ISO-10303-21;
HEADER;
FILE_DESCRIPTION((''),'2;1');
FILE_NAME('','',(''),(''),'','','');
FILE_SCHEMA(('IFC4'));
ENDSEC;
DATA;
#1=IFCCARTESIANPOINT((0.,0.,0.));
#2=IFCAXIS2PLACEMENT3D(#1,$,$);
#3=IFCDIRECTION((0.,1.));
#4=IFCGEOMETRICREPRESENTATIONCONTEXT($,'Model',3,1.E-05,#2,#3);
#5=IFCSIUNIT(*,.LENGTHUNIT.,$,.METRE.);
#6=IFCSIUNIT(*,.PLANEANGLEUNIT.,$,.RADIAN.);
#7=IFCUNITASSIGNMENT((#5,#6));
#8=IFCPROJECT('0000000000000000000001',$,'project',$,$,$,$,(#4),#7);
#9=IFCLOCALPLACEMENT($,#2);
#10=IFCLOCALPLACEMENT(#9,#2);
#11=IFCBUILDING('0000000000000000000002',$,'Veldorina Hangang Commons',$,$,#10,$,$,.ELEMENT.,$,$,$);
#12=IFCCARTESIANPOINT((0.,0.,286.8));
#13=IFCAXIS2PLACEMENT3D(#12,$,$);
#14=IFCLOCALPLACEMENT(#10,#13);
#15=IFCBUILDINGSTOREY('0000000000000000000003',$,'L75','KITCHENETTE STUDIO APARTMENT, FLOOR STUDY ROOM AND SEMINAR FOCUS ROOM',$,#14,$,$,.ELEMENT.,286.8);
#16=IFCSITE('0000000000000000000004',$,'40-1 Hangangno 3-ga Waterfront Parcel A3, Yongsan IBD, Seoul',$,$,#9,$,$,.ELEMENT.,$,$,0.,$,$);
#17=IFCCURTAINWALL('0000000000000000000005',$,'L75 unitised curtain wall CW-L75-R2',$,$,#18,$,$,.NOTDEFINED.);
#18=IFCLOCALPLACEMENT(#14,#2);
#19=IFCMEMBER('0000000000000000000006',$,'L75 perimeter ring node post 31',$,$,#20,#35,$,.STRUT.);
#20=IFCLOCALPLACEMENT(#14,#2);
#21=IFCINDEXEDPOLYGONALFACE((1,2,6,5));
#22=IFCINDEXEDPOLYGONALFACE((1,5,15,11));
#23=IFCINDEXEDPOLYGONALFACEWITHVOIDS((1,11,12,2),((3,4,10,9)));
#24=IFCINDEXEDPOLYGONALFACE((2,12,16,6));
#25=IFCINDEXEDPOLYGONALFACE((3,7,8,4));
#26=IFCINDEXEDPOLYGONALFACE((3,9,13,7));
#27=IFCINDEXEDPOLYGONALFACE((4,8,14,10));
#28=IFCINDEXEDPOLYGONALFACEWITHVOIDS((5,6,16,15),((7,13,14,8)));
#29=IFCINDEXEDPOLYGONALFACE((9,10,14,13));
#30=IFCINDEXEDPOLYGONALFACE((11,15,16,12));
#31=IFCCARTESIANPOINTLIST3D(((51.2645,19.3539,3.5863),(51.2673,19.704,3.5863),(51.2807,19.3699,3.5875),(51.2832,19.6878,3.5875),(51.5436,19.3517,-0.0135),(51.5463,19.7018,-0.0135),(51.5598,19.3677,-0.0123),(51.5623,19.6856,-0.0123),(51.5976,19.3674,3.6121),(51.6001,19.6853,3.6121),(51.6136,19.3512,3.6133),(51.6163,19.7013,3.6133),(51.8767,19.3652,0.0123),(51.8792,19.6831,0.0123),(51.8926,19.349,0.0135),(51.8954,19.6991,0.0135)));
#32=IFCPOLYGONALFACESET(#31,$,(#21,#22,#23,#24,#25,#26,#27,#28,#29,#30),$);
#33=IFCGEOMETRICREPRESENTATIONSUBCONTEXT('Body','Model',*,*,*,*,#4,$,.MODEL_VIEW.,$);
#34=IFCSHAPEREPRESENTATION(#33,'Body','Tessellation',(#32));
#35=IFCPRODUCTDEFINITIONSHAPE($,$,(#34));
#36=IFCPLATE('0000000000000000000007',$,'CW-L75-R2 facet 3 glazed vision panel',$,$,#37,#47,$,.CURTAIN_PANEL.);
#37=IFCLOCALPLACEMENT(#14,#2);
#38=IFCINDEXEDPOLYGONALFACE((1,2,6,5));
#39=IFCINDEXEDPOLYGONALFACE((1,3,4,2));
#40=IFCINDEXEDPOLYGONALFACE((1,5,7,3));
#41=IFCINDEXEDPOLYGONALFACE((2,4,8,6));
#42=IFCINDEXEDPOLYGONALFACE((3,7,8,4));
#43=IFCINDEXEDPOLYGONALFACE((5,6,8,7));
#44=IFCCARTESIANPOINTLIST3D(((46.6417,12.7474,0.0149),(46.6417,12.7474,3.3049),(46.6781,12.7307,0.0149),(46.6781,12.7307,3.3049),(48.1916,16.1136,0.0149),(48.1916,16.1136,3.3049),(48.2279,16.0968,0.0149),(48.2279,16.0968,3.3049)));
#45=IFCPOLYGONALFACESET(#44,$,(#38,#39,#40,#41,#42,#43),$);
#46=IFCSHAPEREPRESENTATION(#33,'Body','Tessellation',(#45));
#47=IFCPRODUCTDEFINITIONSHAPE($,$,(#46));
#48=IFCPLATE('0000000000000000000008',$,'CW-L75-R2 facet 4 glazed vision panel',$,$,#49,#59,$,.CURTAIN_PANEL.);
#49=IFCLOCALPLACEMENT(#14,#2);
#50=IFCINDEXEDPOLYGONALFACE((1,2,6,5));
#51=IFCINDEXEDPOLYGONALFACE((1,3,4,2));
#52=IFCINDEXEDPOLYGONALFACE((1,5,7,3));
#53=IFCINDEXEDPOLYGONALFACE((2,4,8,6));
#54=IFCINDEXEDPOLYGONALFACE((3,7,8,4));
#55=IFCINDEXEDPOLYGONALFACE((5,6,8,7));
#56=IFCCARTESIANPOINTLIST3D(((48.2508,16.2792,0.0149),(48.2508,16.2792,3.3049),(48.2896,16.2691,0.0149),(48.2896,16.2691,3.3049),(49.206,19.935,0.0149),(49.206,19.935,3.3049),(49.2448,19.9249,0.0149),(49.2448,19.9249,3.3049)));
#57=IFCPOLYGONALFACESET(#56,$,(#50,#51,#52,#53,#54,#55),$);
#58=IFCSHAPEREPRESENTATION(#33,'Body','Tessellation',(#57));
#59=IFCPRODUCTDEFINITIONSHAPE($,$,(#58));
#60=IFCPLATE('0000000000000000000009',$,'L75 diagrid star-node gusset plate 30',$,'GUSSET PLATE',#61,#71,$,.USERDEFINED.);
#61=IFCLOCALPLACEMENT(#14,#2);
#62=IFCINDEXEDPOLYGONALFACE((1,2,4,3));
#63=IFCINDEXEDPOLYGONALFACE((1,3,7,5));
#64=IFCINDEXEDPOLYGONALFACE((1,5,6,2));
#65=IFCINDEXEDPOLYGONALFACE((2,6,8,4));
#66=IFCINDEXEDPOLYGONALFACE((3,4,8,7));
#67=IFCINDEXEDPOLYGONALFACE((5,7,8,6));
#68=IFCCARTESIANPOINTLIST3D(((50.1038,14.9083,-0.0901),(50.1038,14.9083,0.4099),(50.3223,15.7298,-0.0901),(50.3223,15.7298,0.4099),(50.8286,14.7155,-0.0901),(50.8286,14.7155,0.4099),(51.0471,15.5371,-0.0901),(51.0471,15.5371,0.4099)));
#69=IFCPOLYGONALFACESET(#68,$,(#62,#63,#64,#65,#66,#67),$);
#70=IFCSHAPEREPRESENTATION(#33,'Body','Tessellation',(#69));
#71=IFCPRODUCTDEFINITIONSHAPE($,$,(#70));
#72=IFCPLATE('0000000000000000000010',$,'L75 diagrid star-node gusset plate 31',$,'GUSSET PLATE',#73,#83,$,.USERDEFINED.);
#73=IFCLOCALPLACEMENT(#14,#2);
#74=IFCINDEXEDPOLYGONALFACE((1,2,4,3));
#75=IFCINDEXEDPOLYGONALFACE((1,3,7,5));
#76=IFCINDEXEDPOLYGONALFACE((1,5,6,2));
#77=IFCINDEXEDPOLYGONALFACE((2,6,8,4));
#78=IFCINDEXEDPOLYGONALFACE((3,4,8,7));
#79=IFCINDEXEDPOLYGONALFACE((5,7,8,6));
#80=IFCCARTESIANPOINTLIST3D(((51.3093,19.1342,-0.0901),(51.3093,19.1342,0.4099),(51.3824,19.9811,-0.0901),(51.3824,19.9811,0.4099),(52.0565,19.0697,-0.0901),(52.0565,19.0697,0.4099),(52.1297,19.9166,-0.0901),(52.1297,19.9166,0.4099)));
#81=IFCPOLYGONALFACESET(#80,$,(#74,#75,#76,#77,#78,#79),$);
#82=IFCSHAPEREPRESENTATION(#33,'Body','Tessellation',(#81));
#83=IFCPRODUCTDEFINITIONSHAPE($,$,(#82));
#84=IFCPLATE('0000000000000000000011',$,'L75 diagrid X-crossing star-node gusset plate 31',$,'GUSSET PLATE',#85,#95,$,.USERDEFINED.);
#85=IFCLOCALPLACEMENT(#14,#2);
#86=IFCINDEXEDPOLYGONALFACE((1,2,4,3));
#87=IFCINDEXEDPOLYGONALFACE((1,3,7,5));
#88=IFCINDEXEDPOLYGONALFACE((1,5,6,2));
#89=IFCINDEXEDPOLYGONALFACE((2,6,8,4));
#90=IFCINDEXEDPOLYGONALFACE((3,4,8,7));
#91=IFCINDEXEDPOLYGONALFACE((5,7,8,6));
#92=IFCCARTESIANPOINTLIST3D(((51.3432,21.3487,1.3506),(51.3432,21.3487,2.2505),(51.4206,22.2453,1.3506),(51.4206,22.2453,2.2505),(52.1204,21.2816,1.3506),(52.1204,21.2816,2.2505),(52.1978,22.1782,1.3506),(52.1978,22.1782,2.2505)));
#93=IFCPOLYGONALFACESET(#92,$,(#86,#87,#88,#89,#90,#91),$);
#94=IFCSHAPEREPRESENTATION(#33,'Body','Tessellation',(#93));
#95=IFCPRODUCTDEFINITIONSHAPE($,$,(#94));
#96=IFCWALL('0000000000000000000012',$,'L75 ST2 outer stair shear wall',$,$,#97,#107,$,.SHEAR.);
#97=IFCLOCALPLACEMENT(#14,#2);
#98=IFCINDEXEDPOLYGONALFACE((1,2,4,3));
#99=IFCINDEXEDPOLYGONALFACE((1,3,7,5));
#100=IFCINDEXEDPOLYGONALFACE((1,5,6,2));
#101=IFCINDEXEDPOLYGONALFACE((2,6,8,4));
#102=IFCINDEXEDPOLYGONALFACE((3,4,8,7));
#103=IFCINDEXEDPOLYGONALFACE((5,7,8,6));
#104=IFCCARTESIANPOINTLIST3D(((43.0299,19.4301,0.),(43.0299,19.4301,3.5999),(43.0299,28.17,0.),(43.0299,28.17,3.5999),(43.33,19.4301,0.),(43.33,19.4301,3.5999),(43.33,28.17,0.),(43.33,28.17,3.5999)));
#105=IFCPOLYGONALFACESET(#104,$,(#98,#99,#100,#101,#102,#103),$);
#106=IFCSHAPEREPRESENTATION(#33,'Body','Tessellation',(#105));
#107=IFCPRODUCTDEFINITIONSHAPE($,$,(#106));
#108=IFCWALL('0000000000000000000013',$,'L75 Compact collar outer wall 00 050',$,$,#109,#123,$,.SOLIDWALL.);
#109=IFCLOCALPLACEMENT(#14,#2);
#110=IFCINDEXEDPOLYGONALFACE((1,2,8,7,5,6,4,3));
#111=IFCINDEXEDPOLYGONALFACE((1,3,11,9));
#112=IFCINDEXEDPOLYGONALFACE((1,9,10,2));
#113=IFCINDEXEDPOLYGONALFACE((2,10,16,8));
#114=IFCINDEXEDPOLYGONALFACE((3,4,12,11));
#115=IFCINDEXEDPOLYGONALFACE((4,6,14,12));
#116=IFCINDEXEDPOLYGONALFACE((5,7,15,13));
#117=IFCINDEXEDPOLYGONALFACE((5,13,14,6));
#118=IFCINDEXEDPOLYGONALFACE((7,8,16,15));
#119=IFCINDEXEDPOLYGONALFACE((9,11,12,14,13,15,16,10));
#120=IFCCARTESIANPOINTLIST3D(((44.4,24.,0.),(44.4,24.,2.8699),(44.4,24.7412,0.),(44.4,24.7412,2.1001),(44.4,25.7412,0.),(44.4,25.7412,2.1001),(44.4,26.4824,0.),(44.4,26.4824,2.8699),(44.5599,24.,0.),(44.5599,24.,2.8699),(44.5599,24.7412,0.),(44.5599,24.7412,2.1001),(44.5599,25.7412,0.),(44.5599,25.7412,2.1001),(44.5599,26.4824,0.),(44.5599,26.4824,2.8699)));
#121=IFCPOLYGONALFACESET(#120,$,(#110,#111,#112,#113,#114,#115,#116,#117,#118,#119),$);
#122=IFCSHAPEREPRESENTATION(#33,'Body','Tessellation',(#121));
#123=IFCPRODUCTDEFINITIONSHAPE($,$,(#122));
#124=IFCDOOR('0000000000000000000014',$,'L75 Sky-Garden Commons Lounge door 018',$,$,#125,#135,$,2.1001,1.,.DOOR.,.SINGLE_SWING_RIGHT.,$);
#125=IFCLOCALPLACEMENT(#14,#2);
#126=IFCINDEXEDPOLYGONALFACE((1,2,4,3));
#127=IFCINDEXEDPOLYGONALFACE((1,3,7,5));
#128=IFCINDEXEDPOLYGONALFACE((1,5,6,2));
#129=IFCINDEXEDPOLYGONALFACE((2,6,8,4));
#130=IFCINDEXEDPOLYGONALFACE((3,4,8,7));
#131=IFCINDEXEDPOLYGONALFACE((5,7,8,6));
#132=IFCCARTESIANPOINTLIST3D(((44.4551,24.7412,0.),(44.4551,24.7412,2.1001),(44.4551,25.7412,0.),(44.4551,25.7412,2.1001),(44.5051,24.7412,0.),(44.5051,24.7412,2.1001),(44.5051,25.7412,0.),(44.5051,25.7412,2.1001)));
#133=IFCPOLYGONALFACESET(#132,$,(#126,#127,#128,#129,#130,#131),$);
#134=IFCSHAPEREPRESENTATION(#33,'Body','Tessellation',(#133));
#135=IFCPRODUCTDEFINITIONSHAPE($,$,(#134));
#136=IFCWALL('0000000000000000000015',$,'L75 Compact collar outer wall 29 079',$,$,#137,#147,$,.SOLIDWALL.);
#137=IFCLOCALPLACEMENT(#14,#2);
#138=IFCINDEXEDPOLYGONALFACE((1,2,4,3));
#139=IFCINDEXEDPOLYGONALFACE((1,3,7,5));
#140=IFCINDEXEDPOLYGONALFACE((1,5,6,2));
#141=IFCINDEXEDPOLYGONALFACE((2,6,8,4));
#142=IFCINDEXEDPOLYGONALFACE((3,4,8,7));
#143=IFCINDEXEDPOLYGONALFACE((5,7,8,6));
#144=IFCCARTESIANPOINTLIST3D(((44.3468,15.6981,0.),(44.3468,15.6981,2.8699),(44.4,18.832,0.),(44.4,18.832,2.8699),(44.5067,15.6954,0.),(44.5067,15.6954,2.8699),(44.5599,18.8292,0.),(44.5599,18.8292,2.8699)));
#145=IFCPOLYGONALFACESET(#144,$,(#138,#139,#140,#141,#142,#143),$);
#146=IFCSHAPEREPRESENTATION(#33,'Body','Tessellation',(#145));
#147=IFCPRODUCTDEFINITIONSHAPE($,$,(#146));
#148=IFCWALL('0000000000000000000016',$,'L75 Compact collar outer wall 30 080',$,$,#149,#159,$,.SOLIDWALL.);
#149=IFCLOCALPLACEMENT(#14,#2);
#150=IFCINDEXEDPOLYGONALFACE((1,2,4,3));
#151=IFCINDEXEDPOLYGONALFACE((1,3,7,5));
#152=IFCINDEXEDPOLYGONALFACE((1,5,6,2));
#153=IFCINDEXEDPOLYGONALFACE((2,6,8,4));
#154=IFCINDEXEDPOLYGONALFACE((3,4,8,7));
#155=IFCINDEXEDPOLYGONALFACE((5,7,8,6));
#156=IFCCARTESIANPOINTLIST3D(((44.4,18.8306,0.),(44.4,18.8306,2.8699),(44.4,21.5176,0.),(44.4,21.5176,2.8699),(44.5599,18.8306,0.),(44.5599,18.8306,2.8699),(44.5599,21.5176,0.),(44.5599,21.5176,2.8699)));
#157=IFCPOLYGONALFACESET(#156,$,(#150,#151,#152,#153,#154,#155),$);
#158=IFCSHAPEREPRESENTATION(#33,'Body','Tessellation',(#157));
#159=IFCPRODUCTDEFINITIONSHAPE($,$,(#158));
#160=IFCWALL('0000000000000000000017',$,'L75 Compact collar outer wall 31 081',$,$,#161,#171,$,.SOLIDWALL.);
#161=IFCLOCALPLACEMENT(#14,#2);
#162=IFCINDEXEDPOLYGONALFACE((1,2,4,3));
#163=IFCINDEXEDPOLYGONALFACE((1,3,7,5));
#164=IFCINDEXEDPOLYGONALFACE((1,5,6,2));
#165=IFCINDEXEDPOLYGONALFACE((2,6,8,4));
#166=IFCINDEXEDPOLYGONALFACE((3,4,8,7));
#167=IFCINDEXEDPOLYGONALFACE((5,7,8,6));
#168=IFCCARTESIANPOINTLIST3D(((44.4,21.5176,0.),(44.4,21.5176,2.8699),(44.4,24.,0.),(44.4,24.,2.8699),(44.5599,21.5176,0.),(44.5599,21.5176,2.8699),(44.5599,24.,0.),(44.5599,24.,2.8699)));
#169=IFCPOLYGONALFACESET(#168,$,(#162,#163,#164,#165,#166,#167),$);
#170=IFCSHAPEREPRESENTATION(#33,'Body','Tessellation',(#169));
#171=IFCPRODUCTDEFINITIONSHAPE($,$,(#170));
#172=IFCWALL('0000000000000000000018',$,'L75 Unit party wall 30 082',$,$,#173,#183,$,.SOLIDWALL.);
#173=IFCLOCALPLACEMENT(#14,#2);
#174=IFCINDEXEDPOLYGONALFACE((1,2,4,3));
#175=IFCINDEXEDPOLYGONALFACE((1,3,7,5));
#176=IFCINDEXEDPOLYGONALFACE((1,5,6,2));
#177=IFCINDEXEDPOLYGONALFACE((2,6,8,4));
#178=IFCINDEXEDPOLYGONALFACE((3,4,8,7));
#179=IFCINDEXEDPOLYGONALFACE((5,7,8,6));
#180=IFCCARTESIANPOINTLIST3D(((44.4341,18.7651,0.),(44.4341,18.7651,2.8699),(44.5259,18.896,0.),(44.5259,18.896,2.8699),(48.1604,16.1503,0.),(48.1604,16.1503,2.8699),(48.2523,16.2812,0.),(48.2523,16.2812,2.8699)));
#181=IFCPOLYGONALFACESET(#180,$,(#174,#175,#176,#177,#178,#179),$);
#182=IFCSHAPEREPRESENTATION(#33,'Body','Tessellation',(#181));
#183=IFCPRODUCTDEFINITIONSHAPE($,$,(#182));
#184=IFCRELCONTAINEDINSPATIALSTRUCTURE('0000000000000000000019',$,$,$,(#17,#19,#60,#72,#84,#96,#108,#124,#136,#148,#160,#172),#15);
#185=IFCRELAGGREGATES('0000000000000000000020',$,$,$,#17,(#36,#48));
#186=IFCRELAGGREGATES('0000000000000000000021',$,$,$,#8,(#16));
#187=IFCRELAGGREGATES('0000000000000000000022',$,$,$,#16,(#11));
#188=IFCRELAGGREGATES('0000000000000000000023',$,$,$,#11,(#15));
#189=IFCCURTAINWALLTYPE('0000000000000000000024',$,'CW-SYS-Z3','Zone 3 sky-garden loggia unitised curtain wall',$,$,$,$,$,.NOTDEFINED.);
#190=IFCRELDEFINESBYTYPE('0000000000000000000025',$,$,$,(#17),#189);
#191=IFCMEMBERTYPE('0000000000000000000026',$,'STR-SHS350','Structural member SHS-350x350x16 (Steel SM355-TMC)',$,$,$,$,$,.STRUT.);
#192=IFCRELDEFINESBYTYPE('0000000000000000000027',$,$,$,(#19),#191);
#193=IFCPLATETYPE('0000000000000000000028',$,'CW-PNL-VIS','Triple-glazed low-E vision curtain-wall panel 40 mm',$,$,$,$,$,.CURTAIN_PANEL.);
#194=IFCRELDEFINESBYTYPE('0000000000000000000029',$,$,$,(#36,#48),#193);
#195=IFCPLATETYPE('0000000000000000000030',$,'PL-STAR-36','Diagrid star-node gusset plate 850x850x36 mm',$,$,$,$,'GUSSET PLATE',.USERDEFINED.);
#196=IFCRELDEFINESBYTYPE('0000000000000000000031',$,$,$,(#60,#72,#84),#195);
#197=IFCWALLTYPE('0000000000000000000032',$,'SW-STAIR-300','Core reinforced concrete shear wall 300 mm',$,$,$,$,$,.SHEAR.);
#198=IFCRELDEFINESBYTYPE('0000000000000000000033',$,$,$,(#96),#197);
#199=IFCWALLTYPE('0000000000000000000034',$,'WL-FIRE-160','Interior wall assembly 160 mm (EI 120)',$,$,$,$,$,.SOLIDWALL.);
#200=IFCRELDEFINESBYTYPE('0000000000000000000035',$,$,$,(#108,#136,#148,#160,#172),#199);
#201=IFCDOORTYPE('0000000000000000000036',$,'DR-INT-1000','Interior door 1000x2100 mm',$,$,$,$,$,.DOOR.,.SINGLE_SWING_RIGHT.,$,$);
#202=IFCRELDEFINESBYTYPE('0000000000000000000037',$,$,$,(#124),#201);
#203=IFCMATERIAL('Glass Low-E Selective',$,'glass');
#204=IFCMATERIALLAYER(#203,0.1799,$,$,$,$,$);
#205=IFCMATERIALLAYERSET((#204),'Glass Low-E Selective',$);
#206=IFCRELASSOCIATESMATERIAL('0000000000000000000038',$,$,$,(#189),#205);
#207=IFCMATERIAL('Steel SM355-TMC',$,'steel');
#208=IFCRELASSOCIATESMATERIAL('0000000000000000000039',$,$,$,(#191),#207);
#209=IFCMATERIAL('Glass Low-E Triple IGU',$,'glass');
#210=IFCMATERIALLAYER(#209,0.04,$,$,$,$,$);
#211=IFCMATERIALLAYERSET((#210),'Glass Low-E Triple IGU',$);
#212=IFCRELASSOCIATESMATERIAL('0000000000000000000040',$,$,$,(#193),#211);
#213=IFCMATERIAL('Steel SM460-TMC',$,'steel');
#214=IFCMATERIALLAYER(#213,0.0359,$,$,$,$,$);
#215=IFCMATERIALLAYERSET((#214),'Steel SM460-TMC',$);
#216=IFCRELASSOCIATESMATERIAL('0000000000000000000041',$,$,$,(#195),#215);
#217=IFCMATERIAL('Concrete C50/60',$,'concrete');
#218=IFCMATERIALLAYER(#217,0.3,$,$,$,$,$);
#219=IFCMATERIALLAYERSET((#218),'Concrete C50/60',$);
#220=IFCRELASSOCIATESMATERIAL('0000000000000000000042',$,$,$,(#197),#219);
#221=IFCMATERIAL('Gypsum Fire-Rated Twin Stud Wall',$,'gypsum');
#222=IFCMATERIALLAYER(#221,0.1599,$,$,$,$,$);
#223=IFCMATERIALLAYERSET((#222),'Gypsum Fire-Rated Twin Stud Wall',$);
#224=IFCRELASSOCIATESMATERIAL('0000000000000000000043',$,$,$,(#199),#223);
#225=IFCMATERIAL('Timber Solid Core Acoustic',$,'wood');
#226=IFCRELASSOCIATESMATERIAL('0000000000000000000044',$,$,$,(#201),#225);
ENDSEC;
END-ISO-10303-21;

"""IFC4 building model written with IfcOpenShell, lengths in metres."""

from ifc_helpers import new_model, si_unit, direction, frame, frame_2d, origin, origin_2d, place, context, subcontext, project, spatial, rectangle, hollow_rectangle, extrude, material, layer, layer_set, material_profile, profile_set, type_object, element, fill, aggregate, save


model = new_model("IFC4")

# Units and contexts
model_context = context("Model", 3, precision=1e-05, world=origin(), true_north=direction((0.0, 1.0)))
body_context = subcontext(model_context, "Body", "Model", "MODEL_VIEW")
ifc_project = project(units=[si_unit("LENGTHUNIT", "METRE"), si_unit("PLANEANGLEUNIT", "RADIAN")], contexts=[model_context])

# Site, building, storey
site_placement = place(None, origin())
site = spatial("IfcSite", under=ifc_project, at=site_placement, Name="40-1 Hangangno 3-ga Waterfront Parcel A3, Yongsan IBD, Seoul", CompositionType="ELEMENT", RefElevation=0.0)
building_placement = place(site_placement, origin())
building = spatial("IfcBuilding", under=site, at=building_placement, Name="Veldorina Hangang Commons", CompositionType="ELEMENT")
storey_placement = place(building_placement, frame((0.0, 0.0, 286.8)))
storey = spatial("IfcBuildingStorey", under=building, at=storey_placement, Name="L75", Description="KITCHENETTE STUDIO APARTMENT, FLOOR STUDY ROOM AND SEMINAR FOCUS ROOM", CompositionType="ELEMENT", Elevation=286.8)

# Shared definitions
ifc_material_1 = material(Name="Steel SM355-TMC", Category="steel")

# Curtain wall
ifc_material_2 = material(Name="Glass Low-E Selective", Category="glass")
ifc_layer_1 = layer(ifc_material_2, 0.1799)
ifc_layer_set_1 = layer_set([ifc_layer_1], Name="Glass Low-E Selective")
curtain_wall_type = type_object("IfcCurtainWallType", Name="CW-SYS-Z3", Description="Zone 3 sky-garden loggia unitised curtain wall", PredefinedType="NOTDEFINED", material=ifc_layer_set_1)
curtain_wall_placement = place(storey_placement, origin())
curtain_wall = element("IfcCurtainWall", 1, at=curtain_wall_placement, inside=storey, type_object=curtain_wall_type, Name="L75 unitised curtain wall CW-L75-R2", PredefinedType="NOTDEFINED")

# Member
ifc_material_profile_1 = material_profile(ifc_material_1, hollow_rectangle(XDim=0.3501, YDim=0.3501, WallThickness=0.0161, at=origin_2d()), Name="SHS-350x350x16")
ifc_profile_set_1 = profile_set([ifc_material_profile_1], Name="Steel SM355-TMC")
member_type_1 = type_object("IfcMemberType", Name="STR-SHS350", Description="Structural member SHS-350x350x16 (Steel SM355-TMC)", PredefinedType="STRUT", material=ifc_profile_set_1)
member_1_placement = place(storey_placement, frame((51.7195, 19.5254, 0.0), z_axis=(-0.077286, 0.000609, 0.997009), x_axis=(-0.007874, -0.999969, 0.0)))
element("IfcMember", 2, at=member_1_placement, inside=storey, type_object=member_type_1, Name="L75 perimeter ring node post 31", PredefinedType="STRUT", context=body_context, shape_type="SweptSolid", body=[
    extrude(hollow_rectangle(XDim=0.3501, YDim=0.3501, WallThickness=0.0161, at=origin_2d()), origin(), (0.0, 0.0, 1.0), 3.6106),
])

# Plates
ifc_material_3 = material(Name="Glass Low-E Triple IGU", Category="glass")
ifc_layer_2 = layer(ifc_material_3, 0.04)
ifc_layer_set_2 = layer_set([ifc_layer_2], Name="Glass Low-E Triple IGU")
plate_type_1 = type_object("IfcPlateType", Name="CW-PNL-VIS", Description="Triple-glazed low-E vision curtain-wall panel 40 mm", PredefinedType="CURTAIN_PANEL", material=ifc_layer_set_2)
plate_1_placement = place(storey_placement, frame((47.4348, 14.4221, 0.0149), z_axis=(0.0, 0.0, 1.0), x_axis=(0.418232, 0.90834, 0.0)))
plate_1 = element("IfcPlate", 3, at=plate_1_placement, type_object=plate_type_1, Name="CW-L75-R2 facet 3 glazed vision panel", PredefinedType="CURTAIN_PANEL", context=body_context, shape_type="SweptSolid", body=[
    extrude(rectangle(XDim=3.7058, YDim=0.04, at=origin_2d()), origin(), (0.0, 0.0, 1.0), 3.29),
])
plate_2_placement = place(storey_placement, frame((48.7478, 18.1021, 0.0149), z_axis=(0.0, 0.0, 1.0), x_axis=(0.252796, 0.96752, 0.0)))
plate_2 = element("IfcPlate", 4, at=plate_2_placement, type_object=plate_type_1, Name="CW-L75-R2 facet 4 glazed vision panel", PredefinedType="CURTAIN_PANEL", context=body_context, shape_type="SweptSolid", body=[
    extrude(rectangle(XDim=3.7786, YDim=0.04, at=origin_2d()), origin(), (0.0, 0.0, 1.0), 3.29),
])
aggregate(curtain_wall, [plate_1, plate_2])

# Plates
ifc_material_4 = material(Name="Steel SM460-TMC", Category="steel")
ifc_layer_3 = layer(ifc_material_4, 0.0359)
ifc_layer_set_3 = layer_set([ifc_layer_3], Name="Steel SM460-TMC")
plate_type_2 = type_object("IfcPlateType", Name="PL-STAR-36", Description="Diagrid star-node gusset plate 850x850x36 mm", ElementType="GUSSET PLATE", PredefinedType="USERDEFINED", material=ifc_layer_set_3)
for number, where, z_axis, x_axis, name in (
    (5, (50.5754, 15.2227, -0.0901), (0.0, 0.0, 1.0), (0.256998, 0.966412, 0.0), "L75 diagrid star-node gusset plate 30"),
    (6, (51.7195, 19.5254, -0.0901), (0.0, 0.0, 1.0), (0.086008, 0.996294, 0.0), "L75 diagrid star-node gusset plate 31"),
):
    element("IfcPlate", number, at=place(storey_placement, frame(where, z_axis=z_axis, x_axis=x_axis)), inside=storey, type_object=plate_type_2, Name=name, ObjectType="GUSSET PLATE", PredefinedType="USERDEFINED", context=body_context, shape_type="SweptSolid", body=[
        extrude(rectangle(XDim=0.8501, YDim=0.75, at=origin_2d()), origin(), (0.0, 0.0, 1.0), 0.5),
    ])
plate_3_placement = place(storey_placement, frame((51.7705, 21.7634, 1.3506), z_axis=(0.0, 0.0, 1.0), x_axis=(0.086008, 0.996294, 0.0)))
element("IfcPlate", 7, at=plate_3_placement, inside=storey, type_object=plate_type_2, Name="L75 diagrid X-crossing star-node gusset plate 31", ObjectType="GUSSET PLATE", PredefinedType="USERDEFINED", context=body_context, shape_type="SweptSolid", body=[
    extrude(rectangle(XDim=0.8999, YDim=0.78, at=origin_2d()), origin(), (0.0, 0.0, 1.0), 0.8999),
])

# Wall
ifc_material_5 = material(Name="Concrete C50/60", Category="concrete")
ifc_layer_4 = layer(ifc_material_5, 0.3)
ifc_layer_set_4 = layer_set([ifc_layer_4], Name="Concrete C50/60")
wall_type_1 = type_object("IfcWallType", Name="SW-STAIR-300", Description="Core reinforced concrete shear wall 300 mm", PredefinedType="SHEAR", material=ifc_layer_set_4)
wall_1_placement = place(storey_placement, frame((43.1799, 19.4299, 0.0), z_axis=(0.0, 0.0, 1.0), x_axis=(0.0, 1.0, 0.0)))
element("IfcWall", 8, at=wall_1_placement, inside=storey, type_object=wall_type_1, Name="L75 ST2 outer stair shear wall", PredefinedType="SHEAR", context=body_context, shape_type="SweptSolid", body=[
    extrude(rectangle(XDim=8.74, YDim=0.3, at=frame_2d((4.3701, 0.0))), origin(), (0.0, 0.0, 1.0), 3.5999),
])

# Wall, opening, door
ifc_material_6 = material(Name="Gypsum Fire-Rated Twin Stud Wall", Category="gypsum")
ifc_layer_5 = layer(ifc_material_6, 0.1599)
ifc_layer_set_5 = layer_set([ifc_layer_5], Name="Gypsum Fire-Rated Twin Stud Wall")
wall_type_2 = type_object("IfcWallType", Name="WL-FIRE-160", Description="Interior wall assembly 160 mm (EI 120)", PredefinedType="SOLIDWALL", material=ifc_layer_set_5)
wall_2_placement = place(storey_placement, frame((44.48, 24.0, 0.0), z_axis=(0.0, 0.0, 1.0), x_axis=(0.0, 1.0, 0.0)))
wall_2 = element("IfcWall", 9, at=wall_2_placement, inside=storey, type_object=wall_type_2, Name="L75 Compact collar outer wall 00 050", PredefinedType="SOLIDWALL", context=body_context, shape_type="SweptSolid", body=[
    extrude(rectangle(XDim=2.4824, YDim=0.1599, at=frame_2d((1.2412, 0.0))), origin(), (0.0, 0.0, 1.0), 2.8699),
])
opening_1_placement = place(wall_2_placement, frame((0.7412, 0.0, 0.0)))
opening_1 = element("IfcOpeningElement", 10, at=opening_1_placement, cuts=wall_2, PredefinedType="OPENING", context=body_context, shape_type="SweptSolid", body=[
    extrude(rectangle(XDim=1.0, YDim=2.1001, at=frame_2d((0.5, 1.05))), frame((0.0, 0.0898, 0.0), z_axis=(0.0, -1.0, 0.0), x_axis=(1.0, 0.0, 0.0)), (0.0, 0.0, 1.0), 0.1799),
])
ifc_material_7 = material(Name="Timber Solid Core Acoustic", Category="wood")
door_type_1 = type_object("IfcDoorType", Name="DR-INT-1000", Description="Interior door 1000x2100 mm", OperationType="SINGLE_SWING_RIGHT", PredefinedType="DOOR", material=ifc_material_7)
door_1_placement = place(opening_1_placement, origin())
door_1 = element("IfcDoor", 11, at=door_1_placement, inside=storey, type_object=door_type_1, Name="L75 Sky-Garden Commons Lounge door 018", OperationType="SINGLE_SWING_RIGHT", OverallHeight=2.1001, OverallWidth=1.0, PredefinedType="DOOR", context=body_context, shape_type="SweptSolid", body=[
    extrude(rectangle(XDim=1.0, YDim=2.1001, at=frame_2d((0.5, 1.05))), frame((0.0, 0.0249, 0.0), z_axis=(0.0, -1.0, 0.0), x_axis=(1.0, 0.0, 0.0)), (0.0, 0.0, 1.0), 0.05),
])
fill(opening_1, door_1)

# Walls
wall_3_placement = place(storey_placement, frame((44.4268, 15.6968, 0.0), z_axis=(0.0, 0.0, 1.0), x_axis=(0.016981, 0.999856, 0.0)))
element("IfcWall", 12, at=wall_3_placement, inside=storey, type_object=wall_type_2, Name="L75 Compact collar outer wall 29 079", PredefinedType="SOLIDWALL", context=body_context, shape_type="SweptSolid", body=[
    extrude(rectangle(XDim=3.1343, YDim=0.1599, at=frame_2d((1.5671, 0.0))), origin(), (0.0, 0.0, 1.0), 2.8699),
])
wall_4_placement = place(storey_placement, frame((44.48, 18.8306, 0.0), z_axis=(0.0, 0.0, 1.0), x_axis=(0.0, 1.0, 0.0)))
element("IfcWall", 13, at=wall_4_placement, inside=storey, type_object=wall_type_2, Name="L75 Compact collar outer wall 30 080", PredefinedType="SOLIDWALL", context=body_context, shape_type="SweptSolid", body=[
    extrude(rectangle(XDim=2.687, YDim=0.1599, at=frame_2d((1.3435, 0.0))), origin(), (0.0, 0.0, 1.0), 2.8699),
])
wall_5_placement = place(storey_placement, frame((44.48, 21.5176, 0.0), z_axis=(0.0, 0.0, 1.0), x_axis=(0.0, 1.0, 0.0)))
element("IfcWall", 14, at=wall_5_placement, inside=storey, type_object=wall_type_2, Name="L75 Compact collar outer wall 31 081", PredefinedType="SOLIDWALL", context=body_context, shape_type="SweptSolid", body=[
    extrude(rectangle(XDim=2.4824, YDim=0.1599, at=frame_2d((1.2412, 0.0))), origin(), (0.0, 0.0, 1.0), 2.8699),
])
wall_6_placement = place(storey_placement, frame((44.48, 18.8306, 0.0), z_axis=(0.0, 0.0, 1.0), x_axis=(0.818579, -0.574394, 0.0)))
element("IfcWall", 15, at=wall_6_placement, inside=storey, type_object=wall_type_2, Name="L75 Unit party wall 30 082", PredefinedType="SOLIDWALL", context=body_context, shape_type="SweptSolid", body=[
    extrude(rectangle(XDim=4.5522, YDim=0.1599, at=frame_2d((2.2761, 0.0))), origin(), (0.0, 0.0, 1.0), 2.8699),
])

save(model, "model.ifc")
